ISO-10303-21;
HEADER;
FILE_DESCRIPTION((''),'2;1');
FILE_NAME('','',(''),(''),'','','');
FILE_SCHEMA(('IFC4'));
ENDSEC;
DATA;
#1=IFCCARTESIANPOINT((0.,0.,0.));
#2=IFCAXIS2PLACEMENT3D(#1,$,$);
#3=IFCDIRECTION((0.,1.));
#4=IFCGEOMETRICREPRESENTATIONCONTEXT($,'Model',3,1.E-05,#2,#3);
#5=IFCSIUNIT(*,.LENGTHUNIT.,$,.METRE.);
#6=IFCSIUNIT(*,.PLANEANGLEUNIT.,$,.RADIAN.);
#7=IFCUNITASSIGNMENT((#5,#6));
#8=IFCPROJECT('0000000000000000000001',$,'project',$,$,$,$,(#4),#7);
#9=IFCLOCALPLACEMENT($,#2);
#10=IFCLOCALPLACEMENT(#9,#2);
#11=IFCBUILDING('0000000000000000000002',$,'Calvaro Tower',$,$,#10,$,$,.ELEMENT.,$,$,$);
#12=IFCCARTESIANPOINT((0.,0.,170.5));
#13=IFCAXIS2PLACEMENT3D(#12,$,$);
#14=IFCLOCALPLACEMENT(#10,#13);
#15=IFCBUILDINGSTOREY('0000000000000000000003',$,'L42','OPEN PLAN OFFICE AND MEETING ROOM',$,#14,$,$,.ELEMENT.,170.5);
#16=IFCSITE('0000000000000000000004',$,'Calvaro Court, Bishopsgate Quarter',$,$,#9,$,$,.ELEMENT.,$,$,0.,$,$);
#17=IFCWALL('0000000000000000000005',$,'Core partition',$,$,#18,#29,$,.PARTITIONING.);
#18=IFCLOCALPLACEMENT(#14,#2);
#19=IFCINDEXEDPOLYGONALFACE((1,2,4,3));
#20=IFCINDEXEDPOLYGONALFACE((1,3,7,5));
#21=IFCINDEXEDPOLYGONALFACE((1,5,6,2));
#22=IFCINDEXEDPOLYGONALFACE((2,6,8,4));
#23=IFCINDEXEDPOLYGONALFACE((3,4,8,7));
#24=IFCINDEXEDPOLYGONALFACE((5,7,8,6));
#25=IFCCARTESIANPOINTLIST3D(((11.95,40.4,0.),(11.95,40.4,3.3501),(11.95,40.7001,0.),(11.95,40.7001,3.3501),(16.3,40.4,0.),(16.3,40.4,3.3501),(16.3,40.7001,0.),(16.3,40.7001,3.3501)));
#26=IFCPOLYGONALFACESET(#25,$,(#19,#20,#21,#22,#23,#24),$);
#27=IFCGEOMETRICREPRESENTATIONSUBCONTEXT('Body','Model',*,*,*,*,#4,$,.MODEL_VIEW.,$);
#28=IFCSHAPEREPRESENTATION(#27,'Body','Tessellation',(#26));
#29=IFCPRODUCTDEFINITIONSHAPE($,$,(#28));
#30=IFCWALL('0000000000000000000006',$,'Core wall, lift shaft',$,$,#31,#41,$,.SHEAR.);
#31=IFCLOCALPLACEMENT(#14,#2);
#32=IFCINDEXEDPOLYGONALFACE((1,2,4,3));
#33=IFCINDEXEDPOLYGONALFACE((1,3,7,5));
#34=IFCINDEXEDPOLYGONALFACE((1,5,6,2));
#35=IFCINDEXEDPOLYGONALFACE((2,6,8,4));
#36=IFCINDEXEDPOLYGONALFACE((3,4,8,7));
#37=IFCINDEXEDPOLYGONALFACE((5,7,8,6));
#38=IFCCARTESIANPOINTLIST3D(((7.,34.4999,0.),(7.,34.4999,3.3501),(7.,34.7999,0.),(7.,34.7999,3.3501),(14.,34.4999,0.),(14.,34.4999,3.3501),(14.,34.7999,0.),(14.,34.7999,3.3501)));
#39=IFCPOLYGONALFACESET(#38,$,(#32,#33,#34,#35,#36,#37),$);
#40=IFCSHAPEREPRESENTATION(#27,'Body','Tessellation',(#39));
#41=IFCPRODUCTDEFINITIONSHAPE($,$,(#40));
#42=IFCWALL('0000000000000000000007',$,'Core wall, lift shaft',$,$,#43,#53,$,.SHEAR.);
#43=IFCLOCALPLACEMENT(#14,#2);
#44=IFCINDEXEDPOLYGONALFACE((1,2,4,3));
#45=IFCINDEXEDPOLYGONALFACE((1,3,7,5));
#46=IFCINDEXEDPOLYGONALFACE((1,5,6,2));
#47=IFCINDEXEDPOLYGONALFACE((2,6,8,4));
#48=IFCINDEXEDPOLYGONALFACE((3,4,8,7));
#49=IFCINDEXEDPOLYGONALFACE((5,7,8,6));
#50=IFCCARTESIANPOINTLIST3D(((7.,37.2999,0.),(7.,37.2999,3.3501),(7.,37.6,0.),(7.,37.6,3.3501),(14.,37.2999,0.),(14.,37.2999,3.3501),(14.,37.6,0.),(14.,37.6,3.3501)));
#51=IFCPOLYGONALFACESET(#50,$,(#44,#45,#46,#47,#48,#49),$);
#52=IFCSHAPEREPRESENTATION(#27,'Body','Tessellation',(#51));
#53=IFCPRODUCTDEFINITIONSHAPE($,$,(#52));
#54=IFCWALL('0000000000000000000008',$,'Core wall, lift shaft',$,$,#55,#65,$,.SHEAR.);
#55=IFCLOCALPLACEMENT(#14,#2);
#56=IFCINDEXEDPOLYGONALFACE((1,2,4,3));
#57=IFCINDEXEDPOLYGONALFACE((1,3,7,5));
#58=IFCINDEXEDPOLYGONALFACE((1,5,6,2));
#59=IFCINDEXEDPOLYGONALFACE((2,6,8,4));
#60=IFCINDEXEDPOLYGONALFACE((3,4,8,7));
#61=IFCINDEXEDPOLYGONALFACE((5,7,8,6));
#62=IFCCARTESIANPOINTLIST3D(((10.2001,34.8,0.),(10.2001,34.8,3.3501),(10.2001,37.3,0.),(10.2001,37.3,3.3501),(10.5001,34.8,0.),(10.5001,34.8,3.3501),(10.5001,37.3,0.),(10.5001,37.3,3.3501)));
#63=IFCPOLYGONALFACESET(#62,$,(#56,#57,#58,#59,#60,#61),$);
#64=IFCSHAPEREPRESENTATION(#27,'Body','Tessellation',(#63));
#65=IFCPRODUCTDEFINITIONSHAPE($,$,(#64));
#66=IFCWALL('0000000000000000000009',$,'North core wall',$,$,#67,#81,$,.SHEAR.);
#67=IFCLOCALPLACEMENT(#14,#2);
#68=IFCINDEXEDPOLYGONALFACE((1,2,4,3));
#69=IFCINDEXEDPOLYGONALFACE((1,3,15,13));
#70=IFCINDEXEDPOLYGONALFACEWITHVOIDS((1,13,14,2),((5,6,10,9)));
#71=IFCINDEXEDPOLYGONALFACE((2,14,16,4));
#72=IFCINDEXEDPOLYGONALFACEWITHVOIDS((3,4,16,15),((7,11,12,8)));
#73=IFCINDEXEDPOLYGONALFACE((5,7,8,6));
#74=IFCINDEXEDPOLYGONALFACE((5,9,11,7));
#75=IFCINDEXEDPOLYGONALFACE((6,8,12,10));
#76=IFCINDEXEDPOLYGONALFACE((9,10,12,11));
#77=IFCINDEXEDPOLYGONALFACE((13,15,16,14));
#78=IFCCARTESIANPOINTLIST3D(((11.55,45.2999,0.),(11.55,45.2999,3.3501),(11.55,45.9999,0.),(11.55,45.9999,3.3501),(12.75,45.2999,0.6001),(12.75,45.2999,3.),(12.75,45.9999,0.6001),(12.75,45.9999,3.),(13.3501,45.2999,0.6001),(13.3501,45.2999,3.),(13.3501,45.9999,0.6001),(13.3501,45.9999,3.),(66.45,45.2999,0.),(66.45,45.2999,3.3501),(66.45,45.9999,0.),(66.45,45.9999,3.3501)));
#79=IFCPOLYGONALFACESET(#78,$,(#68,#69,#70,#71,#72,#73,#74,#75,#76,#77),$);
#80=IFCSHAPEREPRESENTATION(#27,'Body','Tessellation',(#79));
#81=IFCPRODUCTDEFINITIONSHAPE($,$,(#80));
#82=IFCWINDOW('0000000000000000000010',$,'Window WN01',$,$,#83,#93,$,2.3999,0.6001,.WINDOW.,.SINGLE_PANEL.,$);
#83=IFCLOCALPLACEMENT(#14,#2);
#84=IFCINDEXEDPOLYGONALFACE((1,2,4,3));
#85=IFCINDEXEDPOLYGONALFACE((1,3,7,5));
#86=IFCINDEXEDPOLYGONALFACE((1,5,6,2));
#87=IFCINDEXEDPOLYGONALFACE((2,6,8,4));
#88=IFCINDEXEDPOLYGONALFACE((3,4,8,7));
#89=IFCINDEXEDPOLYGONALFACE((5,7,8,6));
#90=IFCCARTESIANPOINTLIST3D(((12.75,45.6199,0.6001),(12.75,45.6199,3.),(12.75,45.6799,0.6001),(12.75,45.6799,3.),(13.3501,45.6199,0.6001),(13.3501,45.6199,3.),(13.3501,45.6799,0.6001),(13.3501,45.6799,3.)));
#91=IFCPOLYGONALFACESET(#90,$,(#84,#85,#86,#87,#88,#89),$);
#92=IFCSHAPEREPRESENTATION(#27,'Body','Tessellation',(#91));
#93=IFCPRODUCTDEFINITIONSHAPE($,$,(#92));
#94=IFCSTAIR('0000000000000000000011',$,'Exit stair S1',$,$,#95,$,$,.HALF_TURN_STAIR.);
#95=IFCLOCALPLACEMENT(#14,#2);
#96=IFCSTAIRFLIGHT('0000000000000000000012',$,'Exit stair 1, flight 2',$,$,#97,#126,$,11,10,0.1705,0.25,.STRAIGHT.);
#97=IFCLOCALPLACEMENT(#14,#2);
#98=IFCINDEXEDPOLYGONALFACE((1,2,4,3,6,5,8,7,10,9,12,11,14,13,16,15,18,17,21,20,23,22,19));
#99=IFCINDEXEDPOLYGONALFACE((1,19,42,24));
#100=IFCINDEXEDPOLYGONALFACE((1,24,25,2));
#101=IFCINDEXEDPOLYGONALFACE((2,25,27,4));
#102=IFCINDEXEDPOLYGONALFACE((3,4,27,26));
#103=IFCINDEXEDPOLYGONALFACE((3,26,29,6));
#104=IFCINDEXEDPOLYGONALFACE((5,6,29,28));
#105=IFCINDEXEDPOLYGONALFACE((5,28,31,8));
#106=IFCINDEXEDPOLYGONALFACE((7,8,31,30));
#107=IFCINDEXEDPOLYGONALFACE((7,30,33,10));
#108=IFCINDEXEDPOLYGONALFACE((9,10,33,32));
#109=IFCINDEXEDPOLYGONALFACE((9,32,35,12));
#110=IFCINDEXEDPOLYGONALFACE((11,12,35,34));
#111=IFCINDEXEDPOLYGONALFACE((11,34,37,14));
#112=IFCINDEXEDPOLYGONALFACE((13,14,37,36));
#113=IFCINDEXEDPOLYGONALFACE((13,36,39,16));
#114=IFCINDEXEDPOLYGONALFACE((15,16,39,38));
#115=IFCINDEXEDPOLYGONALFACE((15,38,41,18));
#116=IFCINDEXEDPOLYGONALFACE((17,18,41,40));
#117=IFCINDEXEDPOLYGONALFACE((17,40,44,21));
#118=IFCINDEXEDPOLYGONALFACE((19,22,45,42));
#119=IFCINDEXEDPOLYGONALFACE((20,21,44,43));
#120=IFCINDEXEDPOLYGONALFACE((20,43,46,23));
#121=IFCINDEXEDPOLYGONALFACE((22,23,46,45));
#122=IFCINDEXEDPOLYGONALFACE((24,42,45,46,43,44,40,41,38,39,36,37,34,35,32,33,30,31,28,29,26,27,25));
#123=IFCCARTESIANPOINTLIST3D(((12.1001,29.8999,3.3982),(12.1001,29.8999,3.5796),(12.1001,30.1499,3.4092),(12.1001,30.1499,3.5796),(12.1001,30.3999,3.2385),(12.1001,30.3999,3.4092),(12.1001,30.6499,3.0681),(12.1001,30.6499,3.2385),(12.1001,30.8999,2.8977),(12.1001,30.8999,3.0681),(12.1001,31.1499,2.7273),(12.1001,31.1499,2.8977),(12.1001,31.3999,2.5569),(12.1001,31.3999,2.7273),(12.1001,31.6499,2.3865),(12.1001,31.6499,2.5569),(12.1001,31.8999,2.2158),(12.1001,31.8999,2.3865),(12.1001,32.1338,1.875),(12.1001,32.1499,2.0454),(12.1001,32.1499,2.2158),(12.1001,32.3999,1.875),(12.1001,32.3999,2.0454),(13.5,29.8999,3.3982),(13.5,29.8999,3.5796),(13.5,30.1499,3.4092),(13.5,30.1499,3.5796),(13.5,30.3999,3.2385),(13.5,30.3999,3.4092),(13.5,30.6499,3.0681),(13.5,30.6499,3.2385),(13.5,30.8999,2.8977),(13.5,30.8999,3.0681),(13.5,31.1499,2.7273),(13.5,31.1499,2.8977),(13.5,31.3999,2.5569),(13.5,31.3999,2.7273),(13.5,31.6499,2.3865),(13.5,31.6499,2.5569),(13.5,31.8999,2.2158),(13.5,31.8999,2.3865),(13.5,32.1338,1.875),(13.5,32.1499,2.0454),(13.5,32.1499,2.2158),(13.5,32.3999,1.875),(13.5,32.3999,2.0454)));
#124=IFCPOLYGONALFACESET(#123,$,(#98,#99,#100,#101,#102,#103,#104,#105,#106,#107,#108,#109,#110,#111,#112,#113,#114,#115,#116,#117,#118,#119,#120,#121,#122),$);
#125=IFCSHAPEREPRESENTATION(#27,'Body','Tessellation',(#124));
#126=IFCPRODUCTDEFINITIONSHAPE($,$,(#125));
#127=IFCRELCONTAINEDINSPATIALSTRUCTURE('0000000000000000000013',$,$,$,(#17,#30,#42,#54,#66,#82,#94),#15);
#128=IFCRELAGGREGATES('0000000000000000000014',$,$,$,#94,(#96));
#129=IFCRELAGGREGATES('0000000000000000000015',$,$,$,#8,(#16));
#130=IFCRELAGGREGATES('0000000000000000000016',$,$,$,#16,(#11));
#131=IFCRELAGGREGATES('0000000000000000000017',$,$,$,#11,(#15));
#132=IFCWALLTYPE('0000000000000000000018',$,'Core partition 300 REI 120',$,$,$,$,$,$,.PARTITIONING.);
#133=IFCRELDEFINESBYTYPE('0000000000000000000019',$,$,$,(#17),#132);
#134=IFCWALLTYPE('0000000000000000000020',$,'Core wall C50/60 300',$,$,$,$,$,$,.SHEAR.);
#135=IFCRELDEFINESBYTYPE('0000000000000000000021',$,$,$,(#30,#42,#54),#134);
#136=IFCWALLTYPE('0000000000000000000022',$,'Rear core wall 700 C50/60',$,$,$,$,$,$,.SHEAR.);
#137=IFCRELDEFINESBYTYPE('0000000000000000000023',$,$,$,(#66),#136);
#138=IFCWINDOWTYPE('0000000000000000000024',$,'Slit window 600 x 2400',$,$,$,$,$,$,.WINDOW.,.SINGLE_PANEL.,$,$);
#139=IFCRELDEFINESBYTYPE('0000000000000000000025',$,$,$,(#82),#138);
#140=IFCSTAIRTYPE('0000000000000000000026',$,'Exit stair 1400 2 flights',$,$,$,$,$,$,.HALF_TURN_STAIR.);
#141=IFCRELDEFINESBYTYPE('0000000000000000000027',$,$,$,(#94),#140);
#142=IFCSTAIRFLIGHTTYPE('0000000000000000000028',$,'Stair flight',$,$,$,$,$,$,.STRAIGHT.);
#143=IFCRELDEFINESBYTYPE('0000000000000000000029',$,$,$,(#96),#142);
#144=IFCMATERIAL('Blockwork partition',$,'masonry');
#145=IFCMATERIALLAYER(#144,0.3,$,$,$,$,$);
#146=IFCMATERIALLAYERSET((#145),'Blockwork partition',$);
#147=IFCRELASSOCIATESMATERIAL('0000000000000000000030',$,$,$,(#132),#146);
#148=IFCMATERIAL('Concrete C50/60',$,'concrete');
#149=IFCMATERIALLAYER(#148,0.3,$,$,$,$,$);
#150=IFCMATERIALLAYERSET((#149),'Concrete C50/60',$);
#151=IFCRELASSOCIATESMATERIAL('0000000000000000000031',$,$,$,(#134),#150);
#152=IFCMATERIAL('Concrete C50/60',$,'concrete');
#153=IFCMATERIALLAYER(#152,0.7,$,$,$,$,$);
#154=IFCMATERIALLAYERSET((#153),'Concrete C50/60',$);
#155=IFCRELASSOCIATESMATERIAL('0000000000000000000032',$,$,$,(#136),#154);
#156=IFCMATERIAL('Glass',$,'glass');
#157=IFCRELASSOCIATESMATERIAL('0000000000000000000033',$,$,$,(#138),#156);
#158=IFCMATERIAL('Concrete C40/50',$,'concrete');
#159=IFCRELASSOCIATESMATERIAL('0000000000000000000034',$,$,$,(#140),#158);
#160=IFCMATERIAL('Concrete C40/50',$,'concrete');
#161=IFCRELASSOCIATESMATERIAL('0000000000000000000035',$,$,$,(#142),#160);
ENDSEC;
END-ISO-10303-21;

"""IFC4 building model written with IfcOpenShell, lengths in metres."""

from ifc_helpers import new_model, si_unit, direction, frame, frame_2d, origin, place, context, subcontext, project, spatial, polyline, rectangle, outline, extrude, material, layer, layer_set, type_object, element, fill, aggregate, save


model = new_model("IFC4")

# Units and contexts
model_context = context("Model", 3, precision=1e-05, world=origin(), true_north=direction((0.0, 1.0)))
body_context = subcontext(model_context, "Body", "Model", "MODEL_VIEW")
ifc_project = project(units=[si_unit("LENGTHUNIT", "METRE"), si_unit("PLANEANGLEUNIT", "RADIAN")], contexts=[model_context])

# Site, building, storey
site_placement = place(None, origin())
site = spatial("IfcSite", under=ifc_project, at=site_placement, Name="Calvaro Court, Bishopsgate Quarter", CompositionType="ELEMENT", RefElevation=0.0)
building_placement = place(site_placement, origin())
building = spatial("IfcBuilding", under=site, at=building_placement, Name="Calvaro Tower", CompositionType="ELEMENT")
storey_placement = place(building_placement, frame((0.0, 0.0, 170.5)))
storey = spatial("IfcBuildingStorey", under=building, at=storey_placement, Name="L42", Description="OPEN PLAN OFFICE AND MEETING ROOM", CompositionType="ELEMENT", Elevation=170.5)

# Walls
ifc_material_1 = material(Name="Blockwork partition", Category="masonry")
ifc_layer_1 = layer(ifc_material_1, 0.3)
ifc_layer_set_1 = layer_set([ifc_layer_1], Name="Blockwork partition")
wall_type_1 = type_object("IfcWallType", Name="Core partition 300 REI 120", PredefinedType="PARTITIONING", material=ifc_layer_set_1)
wall_1_placement = place(storey_placement, frame((11.95, 40.55, 0.0), z_axis=(0.0, 0.0, 1.0), x_axis=(1.0, 0.0, 0.0)))
element("IfcWall", 1, at=wall_1_placement, inside=storey, type_object=wall_type_1, Name="Core partition", PredefinedType="PARTITIONING", context=body_context, shape_type="SweptSolid", body=[
    extrude(rectangle(XDim=4.3501, YDim=0.3, at=frame_2d((2.175, 0.0))), origin(), (0.0, 0.0, 1.0), 3.3501),
])
ifc_material_2 = material(Name="Concrete C50/60", Category="concrete")
ifc_layer_2 = layer(ifc_material_2, 0.3)
ifc_layer_set_2 = layer_set([ifc_layer_2], Name="Concrete C50/60")
wall_type_2 = type_object("IfcWallType", Name="Core wall C50/60 300", PredefinedType="SHEAR", material=ifc_layer_set_2)
for number, where, z_axis, x_axis, name in (
    (2, (7.0, 34.6499, 0.0), (0.0, 0.0, 1.0), (1.0, 0.0, 0.0), "Core wall, lift shaft"),
    (3, (7.0, 37.45, 0.0), (0.0, 0.0, 1.0), (1.0, 0.0, 0.0), "Core wall, lift shaft"),
):
    element("IfcWall", number, at=place(storey_placement, frame(where, z_axis=z_axis, x_axis=x_axis)), inside=storey, type_object=wall_type_2, Name=name, PredefinedType="SHEAR", context=body_context, shape_type="SweptSolid", body=[
        extrude(rectangle(XDim=7.0, YDim=0.3, at=frame_2d((3.5, 0.0))), origin(), (0.0, 0.0, 1.0), 3.3501),
    ])
wall_2_placement = place(storey_placement, frame((10.3501, 34.8, 0.0), z_axis=(0.0, 0.0, 1.0), x_axis=(0.0, 1.0, 0.0)))
element("IfcWall", 4, at=wall_2_placement, inside=storey, type_object=wall_type_2, Name="Core wall, lift shaft", PredefinedType="SHEAR", context=body_context, shape_type="SweptSolid", body=[
    extrude(rectangle(XDim=2.5, YDim=0.3, at=frame_2d((1.25, 0.0))), origin(), (0.0, 0.0, 1.0), 3.3501),
])

# Wall, opening, window
ifc_material_3 = material(Name="Concrete C50/60", Category="concrete")
ifc_layer_3 = layer(ifc_material_3, 0.7)
ifc_layer_set_3 = layer_set([ifc_layer_3], Name="Concrete C50/60")
wall_type_3 = type_object("IfcWallType", Name="Rear core wall 700 C50/60", PredefinedType="SHEAR", material=ifc_layer_set_3)
wall_3_placement = place(storey_placement, frame((11.55, 45.6499, 0.0), z_axis=(0.0, 0.0, 1.0), x_axis=(1.0, 0.0, 0.0)))
wall_3 = element("IfcWall", 5, at=wall_3_placement, inside=storey, type_object=wall_type_3, Name="North core wall", PredefinedType="SHEAR", context=body_context, shape_type="SweptSolid", body=[
    extrude(rectangle(XDim=54.8999, YDim=0.7, at=frame_2d((27.45, 0.0))), origin(), (0.0, 0.0, 1.0), 3.3501),
])
opening_1_placement = place(wall_3_placement, frame((1.2, 0.0, 0.6001)))
opening_1 = element("IfcOpeningElement", 6, at=opening_1_placement, cuts=wall_3, PredefinedType="OPENING", context=body_context, shape_type="SweptSolid", body=[
    extrude(rectangle(XDim=0.6001, YDim=2.3999, at=frame_2d((0.3, 1.2))), frame((0.0, 0.3599, 0.0), z_axis=(0.0, -1.0, 0.0), x_axis=(1.0, 0.0, 0.0)), (0.0, 0.0, 1.0), 0.72),
])
ifc_material_4 = material(Name="Glass", Category="glass")
window_type = type_object("IfcWindowType", Name="Slit window 600 x 2400", PartitioningType="SINGLE_PANEL", PredefinedType="WINDOW", material=ifc_material_4)
window_placement = place(opening_1_placement, origin())
window = element("IfcWindow", 7, at=window_placement, inside=storey, type_object=window_type, Name="Window WN01", OverallHeight=2.3999, OverallWidth=0.6001, PartitioningType="SINGLE_PANEL", PredefinedType="WINDOW", context=body_context, shape_type="SweptSolid", body=[
    extrude(rectangle(XDim=0.6001, YDim=2.3999, at=frame_2d((0.3, 1.2))), frame((0.0, 0.03, 0.0), z_axis=(0.0, -1.0, 0.0), x_axis=(1.0, 0.0, 0.0)), (0.0, 0.0, 1.0), 0.0601),
])
fill(opening_1, window)

# Stair, stair flight
ifc_material_5 = material(Name="Concrete C40/50", Category="concrete")
stair_type = type_object("IfcStairType", Name="Exit stair 1400 2 flights", PredefinedType="HALF_TURN_STAIR", material=ifc_material_5)
stair_placement = place(storey_placement, origin())
stair = element("IfcStair", 8, at=stair_placement, inside=storey, type_object=stair_type, Name="Exit stair S1", PredefinedType="HALF_TURN_STAIR")
ifc_material_6 = material(Name="Concrete C40/50", Category="concrete")
stair_flight_type = type_object("IfcStairFlightType", Name="Stair flight", PredefinedType="STRAIGHT", material=ifc_material_6)
stair_flight_placement = place(storey_placement, frame((12.8, 32.3999, 1.875), z_axis=(0.0, 0.0, 1.0), x_axis=(0.0, -1.0, 0.0)))
stair_flight = element("IfcStairFlight", 9, at=stair_flight_placement, type_object=stair_flight_type, Name="Exit stair 1, flight 2", NumberOfRisers=11, NumberOfTreads=10, PredefinedType="STRAIGHT", RiserHeight=0.1705, TreadLength=0.25, context=body_context, shape_type="SweptSolid", body=[
    extrude(outline(polyline([(0.0, 0.0), (0.0, 0.1704), (0.25, 0.1704), (0.25, 0.3408), (0.5, 0.3408), (0.5, 0.5115), (0.75, 0.5115), (0.75, 0.6819), (1.0, 0.6819), (1.0, 0.8523), (1.25, 0.8523), (1.25, 1.0227), (1.5, 1.0227), (1.5, 1.1931), (1.75, 1.1931), (1.75, 1.3635), (2.0, 1.3635), (2.0, 1.5342), (2.25, 1.5342), (2.25, 1.7046), (2.5, 1.7046), (2.5, 1.875), (2.5, 1.5232), (0.2661, 0.0), (0.0, 0.0)])), frame((0.0, 0.7, 0.0), z_axis=(0.0, -1.0, 0.0), x_axis=(1.0, 0.0, 0.0)), (0.0, 0.0, 1.0), 1.3999),
])
aggregate(stair, [stair_flight])

save(model, "model.ifc")
